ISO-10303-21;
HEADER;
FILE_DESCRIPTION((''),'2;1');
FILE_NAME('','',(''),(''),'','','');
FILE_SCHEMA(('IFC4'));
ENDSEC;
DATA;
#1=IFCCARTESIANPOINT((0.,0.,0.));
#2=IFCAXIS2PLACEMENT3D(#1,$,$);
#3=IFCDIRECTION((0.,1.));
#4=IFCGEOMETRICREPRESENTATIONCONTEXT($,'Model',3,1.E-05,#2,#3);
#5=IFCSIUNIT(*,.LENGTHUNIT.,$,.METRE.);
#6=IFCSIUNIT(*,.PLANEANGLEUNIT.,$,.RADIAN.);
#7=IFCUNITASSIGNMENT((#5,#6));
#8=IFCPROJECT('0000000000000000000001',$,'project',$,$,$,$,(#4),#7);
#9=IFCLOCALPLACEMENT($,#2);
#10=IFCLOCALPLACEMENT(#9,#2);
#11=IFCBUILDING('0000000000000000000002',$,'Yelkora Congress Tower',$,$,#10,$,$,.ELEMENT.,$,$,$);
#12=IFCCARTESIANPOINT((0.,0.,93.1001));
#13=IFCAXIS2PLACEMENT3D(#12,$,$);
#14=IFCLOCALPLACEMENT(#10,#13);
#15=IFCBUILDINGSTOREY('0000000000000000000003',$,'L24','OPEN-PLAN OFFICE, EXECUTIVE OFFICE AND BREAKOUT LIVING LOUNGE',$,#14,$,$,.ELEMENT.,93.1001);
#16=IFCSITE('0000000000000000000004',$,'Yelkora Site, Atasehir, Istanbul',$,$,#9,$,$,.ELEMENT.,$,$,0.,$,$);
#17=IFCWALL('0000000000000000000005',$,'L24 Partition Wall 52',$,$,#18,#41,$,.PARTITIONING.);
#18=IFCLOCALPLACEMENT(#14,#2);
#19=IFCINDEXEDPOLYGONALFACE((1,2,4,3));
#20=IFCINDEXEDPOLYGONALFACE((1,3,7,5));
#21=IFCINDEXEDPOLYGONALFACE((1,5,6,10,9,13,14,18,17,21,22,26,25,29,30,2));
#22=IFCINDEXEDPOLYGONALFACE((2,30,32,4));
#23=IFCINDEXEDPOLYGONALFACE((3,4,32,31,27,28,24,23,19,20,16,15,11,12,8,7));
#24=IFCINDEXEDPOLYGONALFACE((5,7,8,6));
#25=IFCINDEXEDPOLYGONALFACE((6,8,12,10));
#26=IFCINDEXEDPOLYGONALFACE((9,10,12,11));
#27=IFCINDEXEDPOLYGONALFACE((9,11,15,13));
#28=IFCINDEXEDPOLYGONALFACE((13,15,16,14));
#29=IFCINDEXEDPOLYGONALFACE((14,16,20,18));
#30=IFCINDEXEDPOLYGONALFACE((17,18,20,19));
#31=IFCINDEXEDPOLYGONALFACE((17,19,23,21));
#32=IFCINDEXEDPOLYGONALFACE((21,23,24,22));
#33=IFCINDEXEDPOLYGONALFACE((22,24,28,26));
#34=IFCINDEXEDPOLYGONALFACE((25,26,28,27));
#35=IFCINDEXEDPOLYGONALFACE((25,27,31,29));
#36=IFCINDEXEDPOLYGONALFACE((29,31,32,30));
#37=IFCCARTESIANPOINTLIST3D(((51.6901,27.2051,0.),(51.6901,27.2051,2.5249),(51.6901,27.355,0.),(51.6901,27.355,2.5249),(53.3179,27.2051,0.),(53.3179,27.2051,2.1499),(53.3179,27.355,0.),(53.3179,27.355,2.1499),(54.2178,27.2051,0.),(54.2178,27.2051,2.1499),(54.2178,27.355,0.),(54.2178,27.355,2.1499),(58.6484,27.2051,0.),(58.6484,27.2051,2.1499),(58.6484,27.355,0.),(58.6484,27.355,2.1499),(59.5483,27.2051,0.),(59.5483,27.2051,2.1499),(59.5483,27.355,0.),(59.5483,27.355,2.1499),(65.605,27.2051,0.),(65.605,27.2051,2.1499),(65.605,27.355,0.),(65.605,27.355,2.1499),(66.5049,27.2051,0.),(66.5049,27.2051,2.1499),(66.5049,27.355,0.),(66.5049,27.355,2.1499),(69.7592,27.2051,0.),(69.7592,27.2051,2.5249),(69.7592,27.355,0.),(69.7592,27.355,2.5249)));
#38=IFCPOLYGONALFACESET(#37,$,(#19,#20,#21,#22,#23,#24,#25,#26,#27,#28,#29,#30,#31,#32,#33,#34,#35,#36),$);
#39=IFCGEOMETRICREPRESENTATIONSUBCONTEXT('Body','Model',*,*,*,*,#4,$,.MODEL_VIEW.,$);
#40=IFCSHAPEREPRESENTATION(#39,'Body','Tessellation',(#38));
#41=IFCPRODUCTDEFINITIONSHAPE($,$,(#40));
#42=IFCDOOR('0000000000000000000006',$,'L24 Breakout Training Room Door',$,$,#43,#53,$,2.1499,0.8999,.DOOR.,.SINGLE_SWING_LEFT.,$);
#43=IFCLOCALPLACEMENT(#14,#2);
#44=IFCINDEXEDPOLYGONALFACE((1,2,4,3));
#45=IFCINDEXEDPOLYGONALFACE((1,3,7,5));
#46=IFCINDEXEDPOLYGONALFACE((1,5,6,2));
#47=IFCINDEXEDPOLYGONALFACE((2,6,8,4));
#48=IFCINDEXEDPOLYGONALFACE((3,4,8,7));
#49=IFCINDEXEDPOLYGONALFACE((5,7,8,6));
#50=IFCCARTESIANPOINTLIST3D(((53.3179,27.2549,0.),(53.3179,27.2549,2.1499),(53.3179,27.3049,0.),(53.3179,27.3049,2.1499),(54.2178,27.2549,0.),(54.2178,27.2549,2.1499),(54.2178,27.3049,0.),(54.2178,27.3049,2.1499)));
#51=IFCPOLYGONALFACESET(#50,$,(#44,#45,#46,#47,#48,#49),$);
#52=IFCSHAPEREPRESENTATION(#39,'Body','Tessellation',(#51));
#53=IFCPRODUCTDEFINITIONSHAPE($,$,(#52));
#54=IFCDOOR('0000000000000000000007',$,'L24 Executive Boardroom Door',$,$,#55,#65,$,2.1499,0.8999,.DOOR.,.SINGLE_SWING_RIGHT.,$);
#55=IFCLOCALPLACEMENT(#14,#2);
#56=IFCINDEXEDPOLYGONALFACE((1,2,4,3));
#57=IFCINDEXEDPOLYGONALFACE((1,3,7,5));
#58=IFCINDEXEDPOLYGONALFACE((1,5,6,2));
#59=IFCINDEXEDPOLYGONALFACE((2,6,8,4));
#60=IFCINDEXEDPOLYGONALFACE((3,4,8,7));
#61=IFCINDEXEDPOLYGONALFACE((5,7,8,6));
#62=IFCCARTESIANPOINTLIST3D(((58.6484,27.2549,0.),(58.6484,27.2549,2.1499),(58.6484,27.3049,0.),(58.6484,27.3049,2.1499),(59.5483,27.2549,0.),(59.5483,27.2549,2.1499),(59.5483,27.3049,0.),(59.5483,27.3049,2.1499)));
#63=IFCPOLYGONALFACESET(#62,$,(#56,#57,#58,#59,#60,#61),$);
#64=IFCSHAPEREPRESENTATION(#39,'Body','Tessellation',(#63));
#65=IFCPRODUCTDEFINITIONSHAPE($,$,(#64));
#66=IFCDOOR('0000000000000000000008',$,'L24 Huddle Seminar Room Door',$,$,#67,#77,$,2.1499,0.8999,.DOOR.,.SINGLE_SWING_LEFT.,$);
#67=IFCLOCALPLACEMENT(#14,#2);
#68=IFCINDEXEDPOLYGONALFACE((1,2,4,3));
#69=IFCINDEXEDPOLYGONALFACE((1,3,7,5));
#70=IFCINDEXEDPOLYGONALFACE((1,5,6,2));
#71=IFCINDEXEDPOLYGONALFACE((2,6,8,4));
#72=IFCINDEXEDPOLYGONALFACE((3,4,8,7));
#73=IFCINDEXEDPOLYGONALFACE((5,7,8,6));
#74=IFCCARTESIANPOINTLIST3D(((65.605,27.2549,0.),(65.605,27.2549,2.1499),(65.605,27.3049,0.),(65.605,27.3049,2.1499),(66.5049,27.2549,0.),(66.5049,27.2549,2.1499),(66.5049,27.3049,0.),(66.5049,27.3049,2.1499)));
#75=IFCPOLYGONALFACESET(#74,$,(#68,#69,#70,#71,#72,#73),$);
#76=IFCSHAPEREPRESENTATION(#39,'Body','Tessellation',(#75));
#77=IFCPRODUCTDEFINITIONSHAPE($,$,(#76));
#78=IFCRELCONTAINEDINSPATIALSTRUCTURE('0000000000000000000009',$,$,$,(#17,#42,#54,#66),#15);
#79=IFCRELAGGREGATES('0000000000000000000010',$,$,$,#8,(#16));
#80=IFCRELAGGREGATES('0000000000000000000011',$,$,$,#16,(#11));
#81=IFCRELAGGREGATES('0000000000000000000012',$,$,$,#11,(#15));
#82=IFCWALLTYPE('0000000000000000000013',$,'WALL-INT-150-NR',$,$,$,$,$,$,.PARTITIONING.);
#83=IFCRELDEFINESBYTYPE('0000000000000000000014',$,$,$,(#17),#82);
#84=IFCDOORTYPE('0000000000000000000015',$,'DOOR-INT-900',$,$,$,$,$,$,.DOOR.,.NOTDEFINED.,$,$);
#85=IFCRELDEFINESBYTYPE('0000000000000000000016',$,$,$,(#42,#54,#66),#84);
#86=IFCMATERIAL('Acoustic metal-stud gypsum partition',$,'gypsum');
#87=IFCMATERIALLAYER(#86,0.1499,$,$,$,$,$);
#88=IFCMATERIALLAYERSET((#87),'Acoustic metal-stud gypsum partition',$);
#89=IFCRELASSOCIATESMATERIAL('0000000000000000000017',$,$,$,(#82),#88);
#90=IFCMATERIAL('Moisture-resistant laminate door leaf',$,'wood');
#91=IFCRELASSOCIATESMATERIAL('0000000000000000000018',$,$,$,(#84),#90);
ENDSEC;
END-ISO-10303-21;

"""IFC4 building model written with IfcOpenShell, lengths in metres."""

from ifc_helpers import new_model, si_unit, direction, frame, frame_2d, origin, place, context, subcontext, project, spatial, rectangle, extrude, material, layer, layer_set, type_object, element, fill, save


model = new_model("IFC4")

# Units and contexts
model_context = context("Model", 3, precision=1e-05, world=origin(), true_north=direction((0.0, 1.0)))
body_context = subcontext(model_context, "Body", "Model", "MODEL_VIEW")
ifc_project = project(units=[si_unit("LENGTHUNIT", "METRE"), si_unit("PLANEANGLEUNIT", "RADIAN")], contexts=[model_context])

# Site, building, storey
site_placement = place(None, origin())
site = spatial("IfcSite", under=ifc_project, at=site_placement, Name="Yelkora Site, Atasehir, Istanbul", CompositionType="ELEMENT", RefElevation=0.0)
building_placement = place(site_placement, origin())
building = spatial("IfcBuilding", under=site, at=building_placement, Name="Yelkora Congress Tower", CompositionType="ELEMENT")
storey_placement = place(building_placement, frame((0.0, 0.0, 93.1001)))
storey = spatial("IfcBuildingStorey", under=building, at=storey_placement, Name="L24", Description="OPEN-PLAN OFFICE, EXECUTIVE OFFICE AND BREAKOUT LIVING LOUNGE", CompositionType="ELEMENT", Elevation=93.1001)

# Shared definitions
ifc_material_1 = material(Name="Acoustic metal-stud gypsum partition", Category="gypsum")
ifc_layer = layer(ifc_material_1, 0.1499)
ifc_layer_set = layer_set([ifc_layer], Name="Acoustic metal-stud gypsum partition")
wall_type = type_object("IfcWallType", Name="WALL-INT-150-NR", PredefinedType="PARTITIONING", material=ifc_layer_set)

# Wall, openings, doors
wall_1_placement = place(storey_placement, frame((51.6899, 27.28, 0.0), z_axis=(0.0, 0.0, 1.0), x_axis=(1.0, 0.0, 0.0)))
wall_1 = element("IfcWall", 1, at=wall_1_placement, inside=storey, type_object=wall_type, Name="L24 Partition Wall 52", PredefinedType="PARTITIONING", context=body_context, shape_type="SweptSolid", body=[
    extrude(rectangle(XDim=18.0691, YDim=0.1499, at=frame_2d((9.0347, 0.0))), origin(), (0.0, 0.0, 1.0), 2.5249),
])
opening_1_placement = place(wall_1_placement, frame((1.6279, 0.0, 0.0)))
opening_1 = element("IfcOpeningElement", 2, at=opening_1_placement, cuts=wall_1, PredefinedType="OPENING", context=body_context, shape_type="SweptSolid", body=[
    extrude(rectangle(XDim=0.8999, YDim=2.1499, at=frame_2d((0.45, 1.075))), frame((0.0, 0.085, 0.0), z_axis=(0.0, -1.0, 0.0), x_axis=(1.0, 0.0, 0.0)), (0.0, 0.0, 1.0), 0.1699),
])
opening_2_placement = place(wall_1_placement, frame((6.9585, 0.0, 0.0)))
opening_2 = element("IfcOpeningElement", 3, at=opening_2_placement, cuts=wall_1, PredefinedType="OPENING", context=body_context, shape_type="SweptSolid", body=[
    extrude(rectangle(XDim=0.8999, YDim=2.1499, at=frame_2d((0.45, 1.075))), frame((0.0, 0.085, 0.0), z_axis=(0.0, -1.0, 0.0), x_axis=(1.0, 0.0, 0.0)), (0.0, 0.0, 1.0), 0.1699),
])
opening_3_placement = place(wall_1_placement, frame((13.915, 0.0, 0.0)))
opening_3 = element("IfcOpeningElement", 4, at=opening_3_placement, cuts=wall_1, PredefinedType="OPENING", context=body_context, shape_type="SweptSolid", body=[
    extrude(rectangle(XDim=0.8999, YDim=2.1499, at=frame_2d((0.45, 1.075))), frame((0.0, 0.085, 0.0), z_axis=(0.0, -1.0, 0.0), x_axis=(1.0, 0.0, 0.0)), (0.0, 0.0, 1.0), 0.1699),
])
ifc_material_2 = material(Name="Moisture-resistant laminate door leaf", Category="wood")
door_type = type_object("IfcDoorType", Name="DOOR-INT-900", OperationType="NOTDEFINED", PredefinedType="DOOR", material=ifc_material_2)
door_1_placement = place(opening_1_placement, origin())
door_1 = element("IfcDoor", 5, at=door_1_placement, inside=storey, type_object=door_type, Name="L24 Breakout Training Room Door", OperationType="SINGLE_SWING_LEFT", OverallHeight=2.1499, OverallWidth=0.8999, PredefinedType="DOOR", context=body_context, shape_type="SweptSolid", body=[
    extrude(rectangle(XDim=0.8999, YDim=2.1499, at=frame_2d((0.45, 1.075))), frame((0.0, 0.0249, 0.0), z_axis=(0.0, -1.0, 0.0), x_axis=(1.0, 0.0, 0.0)), (0.0, 0.0, 1.0), 0.05),
])
fill(opening_1, door_1)
door_2_placement = place(opening_2_placement, origin())
door_2 = element("IfcDoor", 6, at=door_2_placement, inside=storey, type_object=door_type, Name="L24 Executive Boardroom Door", OperationType="SINGLE_SWING_RIGHT", OverallHeight=2.1499, OverallWidth=0.8999, PredefinedType="DOOR", context=body_context, shape_type="SweptSolid", body=[
    extrude(rectangle(XDim=0.8999, YDim=2.1499, at=frame_2d((0.45, 1.075))), frame((0.0, 0.0249, 0.0), z_axis=(0.0, -1.0, 0.0), x_axis=(1.0, 0.0, 0.0)), (0.0, 0.0, 1.0), 0.05),
])
fill(opening_2, door_2)
door_3_placement = place(opening_3_placement, origin())
door_3 = element("IfcDoor", 7, at=door_3_placement, inside=storey, type_object=door_type, Name="L24 Huddle Seminar Room Door", OperationType="SINGLE_SWING_LEFT", OverallHeight=2.1499, OverallWidth=0.8999, PredefinedType="DOOR", context=body_context, shape_type="SweptSolid", body=[
    extrude(rectangle(XDim=0.8999, YDim=2.1499, at=frame_2d((0.45, 1.075))), frame((0.0, 0.0249, 0.0), z_axis=(0.0, -1.0, 0.0), x_axis=(1.0, 0.0, 0.0)), (0.0, 0.0, 1.0), 0.05),
])
fill(opening_3, door_3)

save(model, "model.ifc")
